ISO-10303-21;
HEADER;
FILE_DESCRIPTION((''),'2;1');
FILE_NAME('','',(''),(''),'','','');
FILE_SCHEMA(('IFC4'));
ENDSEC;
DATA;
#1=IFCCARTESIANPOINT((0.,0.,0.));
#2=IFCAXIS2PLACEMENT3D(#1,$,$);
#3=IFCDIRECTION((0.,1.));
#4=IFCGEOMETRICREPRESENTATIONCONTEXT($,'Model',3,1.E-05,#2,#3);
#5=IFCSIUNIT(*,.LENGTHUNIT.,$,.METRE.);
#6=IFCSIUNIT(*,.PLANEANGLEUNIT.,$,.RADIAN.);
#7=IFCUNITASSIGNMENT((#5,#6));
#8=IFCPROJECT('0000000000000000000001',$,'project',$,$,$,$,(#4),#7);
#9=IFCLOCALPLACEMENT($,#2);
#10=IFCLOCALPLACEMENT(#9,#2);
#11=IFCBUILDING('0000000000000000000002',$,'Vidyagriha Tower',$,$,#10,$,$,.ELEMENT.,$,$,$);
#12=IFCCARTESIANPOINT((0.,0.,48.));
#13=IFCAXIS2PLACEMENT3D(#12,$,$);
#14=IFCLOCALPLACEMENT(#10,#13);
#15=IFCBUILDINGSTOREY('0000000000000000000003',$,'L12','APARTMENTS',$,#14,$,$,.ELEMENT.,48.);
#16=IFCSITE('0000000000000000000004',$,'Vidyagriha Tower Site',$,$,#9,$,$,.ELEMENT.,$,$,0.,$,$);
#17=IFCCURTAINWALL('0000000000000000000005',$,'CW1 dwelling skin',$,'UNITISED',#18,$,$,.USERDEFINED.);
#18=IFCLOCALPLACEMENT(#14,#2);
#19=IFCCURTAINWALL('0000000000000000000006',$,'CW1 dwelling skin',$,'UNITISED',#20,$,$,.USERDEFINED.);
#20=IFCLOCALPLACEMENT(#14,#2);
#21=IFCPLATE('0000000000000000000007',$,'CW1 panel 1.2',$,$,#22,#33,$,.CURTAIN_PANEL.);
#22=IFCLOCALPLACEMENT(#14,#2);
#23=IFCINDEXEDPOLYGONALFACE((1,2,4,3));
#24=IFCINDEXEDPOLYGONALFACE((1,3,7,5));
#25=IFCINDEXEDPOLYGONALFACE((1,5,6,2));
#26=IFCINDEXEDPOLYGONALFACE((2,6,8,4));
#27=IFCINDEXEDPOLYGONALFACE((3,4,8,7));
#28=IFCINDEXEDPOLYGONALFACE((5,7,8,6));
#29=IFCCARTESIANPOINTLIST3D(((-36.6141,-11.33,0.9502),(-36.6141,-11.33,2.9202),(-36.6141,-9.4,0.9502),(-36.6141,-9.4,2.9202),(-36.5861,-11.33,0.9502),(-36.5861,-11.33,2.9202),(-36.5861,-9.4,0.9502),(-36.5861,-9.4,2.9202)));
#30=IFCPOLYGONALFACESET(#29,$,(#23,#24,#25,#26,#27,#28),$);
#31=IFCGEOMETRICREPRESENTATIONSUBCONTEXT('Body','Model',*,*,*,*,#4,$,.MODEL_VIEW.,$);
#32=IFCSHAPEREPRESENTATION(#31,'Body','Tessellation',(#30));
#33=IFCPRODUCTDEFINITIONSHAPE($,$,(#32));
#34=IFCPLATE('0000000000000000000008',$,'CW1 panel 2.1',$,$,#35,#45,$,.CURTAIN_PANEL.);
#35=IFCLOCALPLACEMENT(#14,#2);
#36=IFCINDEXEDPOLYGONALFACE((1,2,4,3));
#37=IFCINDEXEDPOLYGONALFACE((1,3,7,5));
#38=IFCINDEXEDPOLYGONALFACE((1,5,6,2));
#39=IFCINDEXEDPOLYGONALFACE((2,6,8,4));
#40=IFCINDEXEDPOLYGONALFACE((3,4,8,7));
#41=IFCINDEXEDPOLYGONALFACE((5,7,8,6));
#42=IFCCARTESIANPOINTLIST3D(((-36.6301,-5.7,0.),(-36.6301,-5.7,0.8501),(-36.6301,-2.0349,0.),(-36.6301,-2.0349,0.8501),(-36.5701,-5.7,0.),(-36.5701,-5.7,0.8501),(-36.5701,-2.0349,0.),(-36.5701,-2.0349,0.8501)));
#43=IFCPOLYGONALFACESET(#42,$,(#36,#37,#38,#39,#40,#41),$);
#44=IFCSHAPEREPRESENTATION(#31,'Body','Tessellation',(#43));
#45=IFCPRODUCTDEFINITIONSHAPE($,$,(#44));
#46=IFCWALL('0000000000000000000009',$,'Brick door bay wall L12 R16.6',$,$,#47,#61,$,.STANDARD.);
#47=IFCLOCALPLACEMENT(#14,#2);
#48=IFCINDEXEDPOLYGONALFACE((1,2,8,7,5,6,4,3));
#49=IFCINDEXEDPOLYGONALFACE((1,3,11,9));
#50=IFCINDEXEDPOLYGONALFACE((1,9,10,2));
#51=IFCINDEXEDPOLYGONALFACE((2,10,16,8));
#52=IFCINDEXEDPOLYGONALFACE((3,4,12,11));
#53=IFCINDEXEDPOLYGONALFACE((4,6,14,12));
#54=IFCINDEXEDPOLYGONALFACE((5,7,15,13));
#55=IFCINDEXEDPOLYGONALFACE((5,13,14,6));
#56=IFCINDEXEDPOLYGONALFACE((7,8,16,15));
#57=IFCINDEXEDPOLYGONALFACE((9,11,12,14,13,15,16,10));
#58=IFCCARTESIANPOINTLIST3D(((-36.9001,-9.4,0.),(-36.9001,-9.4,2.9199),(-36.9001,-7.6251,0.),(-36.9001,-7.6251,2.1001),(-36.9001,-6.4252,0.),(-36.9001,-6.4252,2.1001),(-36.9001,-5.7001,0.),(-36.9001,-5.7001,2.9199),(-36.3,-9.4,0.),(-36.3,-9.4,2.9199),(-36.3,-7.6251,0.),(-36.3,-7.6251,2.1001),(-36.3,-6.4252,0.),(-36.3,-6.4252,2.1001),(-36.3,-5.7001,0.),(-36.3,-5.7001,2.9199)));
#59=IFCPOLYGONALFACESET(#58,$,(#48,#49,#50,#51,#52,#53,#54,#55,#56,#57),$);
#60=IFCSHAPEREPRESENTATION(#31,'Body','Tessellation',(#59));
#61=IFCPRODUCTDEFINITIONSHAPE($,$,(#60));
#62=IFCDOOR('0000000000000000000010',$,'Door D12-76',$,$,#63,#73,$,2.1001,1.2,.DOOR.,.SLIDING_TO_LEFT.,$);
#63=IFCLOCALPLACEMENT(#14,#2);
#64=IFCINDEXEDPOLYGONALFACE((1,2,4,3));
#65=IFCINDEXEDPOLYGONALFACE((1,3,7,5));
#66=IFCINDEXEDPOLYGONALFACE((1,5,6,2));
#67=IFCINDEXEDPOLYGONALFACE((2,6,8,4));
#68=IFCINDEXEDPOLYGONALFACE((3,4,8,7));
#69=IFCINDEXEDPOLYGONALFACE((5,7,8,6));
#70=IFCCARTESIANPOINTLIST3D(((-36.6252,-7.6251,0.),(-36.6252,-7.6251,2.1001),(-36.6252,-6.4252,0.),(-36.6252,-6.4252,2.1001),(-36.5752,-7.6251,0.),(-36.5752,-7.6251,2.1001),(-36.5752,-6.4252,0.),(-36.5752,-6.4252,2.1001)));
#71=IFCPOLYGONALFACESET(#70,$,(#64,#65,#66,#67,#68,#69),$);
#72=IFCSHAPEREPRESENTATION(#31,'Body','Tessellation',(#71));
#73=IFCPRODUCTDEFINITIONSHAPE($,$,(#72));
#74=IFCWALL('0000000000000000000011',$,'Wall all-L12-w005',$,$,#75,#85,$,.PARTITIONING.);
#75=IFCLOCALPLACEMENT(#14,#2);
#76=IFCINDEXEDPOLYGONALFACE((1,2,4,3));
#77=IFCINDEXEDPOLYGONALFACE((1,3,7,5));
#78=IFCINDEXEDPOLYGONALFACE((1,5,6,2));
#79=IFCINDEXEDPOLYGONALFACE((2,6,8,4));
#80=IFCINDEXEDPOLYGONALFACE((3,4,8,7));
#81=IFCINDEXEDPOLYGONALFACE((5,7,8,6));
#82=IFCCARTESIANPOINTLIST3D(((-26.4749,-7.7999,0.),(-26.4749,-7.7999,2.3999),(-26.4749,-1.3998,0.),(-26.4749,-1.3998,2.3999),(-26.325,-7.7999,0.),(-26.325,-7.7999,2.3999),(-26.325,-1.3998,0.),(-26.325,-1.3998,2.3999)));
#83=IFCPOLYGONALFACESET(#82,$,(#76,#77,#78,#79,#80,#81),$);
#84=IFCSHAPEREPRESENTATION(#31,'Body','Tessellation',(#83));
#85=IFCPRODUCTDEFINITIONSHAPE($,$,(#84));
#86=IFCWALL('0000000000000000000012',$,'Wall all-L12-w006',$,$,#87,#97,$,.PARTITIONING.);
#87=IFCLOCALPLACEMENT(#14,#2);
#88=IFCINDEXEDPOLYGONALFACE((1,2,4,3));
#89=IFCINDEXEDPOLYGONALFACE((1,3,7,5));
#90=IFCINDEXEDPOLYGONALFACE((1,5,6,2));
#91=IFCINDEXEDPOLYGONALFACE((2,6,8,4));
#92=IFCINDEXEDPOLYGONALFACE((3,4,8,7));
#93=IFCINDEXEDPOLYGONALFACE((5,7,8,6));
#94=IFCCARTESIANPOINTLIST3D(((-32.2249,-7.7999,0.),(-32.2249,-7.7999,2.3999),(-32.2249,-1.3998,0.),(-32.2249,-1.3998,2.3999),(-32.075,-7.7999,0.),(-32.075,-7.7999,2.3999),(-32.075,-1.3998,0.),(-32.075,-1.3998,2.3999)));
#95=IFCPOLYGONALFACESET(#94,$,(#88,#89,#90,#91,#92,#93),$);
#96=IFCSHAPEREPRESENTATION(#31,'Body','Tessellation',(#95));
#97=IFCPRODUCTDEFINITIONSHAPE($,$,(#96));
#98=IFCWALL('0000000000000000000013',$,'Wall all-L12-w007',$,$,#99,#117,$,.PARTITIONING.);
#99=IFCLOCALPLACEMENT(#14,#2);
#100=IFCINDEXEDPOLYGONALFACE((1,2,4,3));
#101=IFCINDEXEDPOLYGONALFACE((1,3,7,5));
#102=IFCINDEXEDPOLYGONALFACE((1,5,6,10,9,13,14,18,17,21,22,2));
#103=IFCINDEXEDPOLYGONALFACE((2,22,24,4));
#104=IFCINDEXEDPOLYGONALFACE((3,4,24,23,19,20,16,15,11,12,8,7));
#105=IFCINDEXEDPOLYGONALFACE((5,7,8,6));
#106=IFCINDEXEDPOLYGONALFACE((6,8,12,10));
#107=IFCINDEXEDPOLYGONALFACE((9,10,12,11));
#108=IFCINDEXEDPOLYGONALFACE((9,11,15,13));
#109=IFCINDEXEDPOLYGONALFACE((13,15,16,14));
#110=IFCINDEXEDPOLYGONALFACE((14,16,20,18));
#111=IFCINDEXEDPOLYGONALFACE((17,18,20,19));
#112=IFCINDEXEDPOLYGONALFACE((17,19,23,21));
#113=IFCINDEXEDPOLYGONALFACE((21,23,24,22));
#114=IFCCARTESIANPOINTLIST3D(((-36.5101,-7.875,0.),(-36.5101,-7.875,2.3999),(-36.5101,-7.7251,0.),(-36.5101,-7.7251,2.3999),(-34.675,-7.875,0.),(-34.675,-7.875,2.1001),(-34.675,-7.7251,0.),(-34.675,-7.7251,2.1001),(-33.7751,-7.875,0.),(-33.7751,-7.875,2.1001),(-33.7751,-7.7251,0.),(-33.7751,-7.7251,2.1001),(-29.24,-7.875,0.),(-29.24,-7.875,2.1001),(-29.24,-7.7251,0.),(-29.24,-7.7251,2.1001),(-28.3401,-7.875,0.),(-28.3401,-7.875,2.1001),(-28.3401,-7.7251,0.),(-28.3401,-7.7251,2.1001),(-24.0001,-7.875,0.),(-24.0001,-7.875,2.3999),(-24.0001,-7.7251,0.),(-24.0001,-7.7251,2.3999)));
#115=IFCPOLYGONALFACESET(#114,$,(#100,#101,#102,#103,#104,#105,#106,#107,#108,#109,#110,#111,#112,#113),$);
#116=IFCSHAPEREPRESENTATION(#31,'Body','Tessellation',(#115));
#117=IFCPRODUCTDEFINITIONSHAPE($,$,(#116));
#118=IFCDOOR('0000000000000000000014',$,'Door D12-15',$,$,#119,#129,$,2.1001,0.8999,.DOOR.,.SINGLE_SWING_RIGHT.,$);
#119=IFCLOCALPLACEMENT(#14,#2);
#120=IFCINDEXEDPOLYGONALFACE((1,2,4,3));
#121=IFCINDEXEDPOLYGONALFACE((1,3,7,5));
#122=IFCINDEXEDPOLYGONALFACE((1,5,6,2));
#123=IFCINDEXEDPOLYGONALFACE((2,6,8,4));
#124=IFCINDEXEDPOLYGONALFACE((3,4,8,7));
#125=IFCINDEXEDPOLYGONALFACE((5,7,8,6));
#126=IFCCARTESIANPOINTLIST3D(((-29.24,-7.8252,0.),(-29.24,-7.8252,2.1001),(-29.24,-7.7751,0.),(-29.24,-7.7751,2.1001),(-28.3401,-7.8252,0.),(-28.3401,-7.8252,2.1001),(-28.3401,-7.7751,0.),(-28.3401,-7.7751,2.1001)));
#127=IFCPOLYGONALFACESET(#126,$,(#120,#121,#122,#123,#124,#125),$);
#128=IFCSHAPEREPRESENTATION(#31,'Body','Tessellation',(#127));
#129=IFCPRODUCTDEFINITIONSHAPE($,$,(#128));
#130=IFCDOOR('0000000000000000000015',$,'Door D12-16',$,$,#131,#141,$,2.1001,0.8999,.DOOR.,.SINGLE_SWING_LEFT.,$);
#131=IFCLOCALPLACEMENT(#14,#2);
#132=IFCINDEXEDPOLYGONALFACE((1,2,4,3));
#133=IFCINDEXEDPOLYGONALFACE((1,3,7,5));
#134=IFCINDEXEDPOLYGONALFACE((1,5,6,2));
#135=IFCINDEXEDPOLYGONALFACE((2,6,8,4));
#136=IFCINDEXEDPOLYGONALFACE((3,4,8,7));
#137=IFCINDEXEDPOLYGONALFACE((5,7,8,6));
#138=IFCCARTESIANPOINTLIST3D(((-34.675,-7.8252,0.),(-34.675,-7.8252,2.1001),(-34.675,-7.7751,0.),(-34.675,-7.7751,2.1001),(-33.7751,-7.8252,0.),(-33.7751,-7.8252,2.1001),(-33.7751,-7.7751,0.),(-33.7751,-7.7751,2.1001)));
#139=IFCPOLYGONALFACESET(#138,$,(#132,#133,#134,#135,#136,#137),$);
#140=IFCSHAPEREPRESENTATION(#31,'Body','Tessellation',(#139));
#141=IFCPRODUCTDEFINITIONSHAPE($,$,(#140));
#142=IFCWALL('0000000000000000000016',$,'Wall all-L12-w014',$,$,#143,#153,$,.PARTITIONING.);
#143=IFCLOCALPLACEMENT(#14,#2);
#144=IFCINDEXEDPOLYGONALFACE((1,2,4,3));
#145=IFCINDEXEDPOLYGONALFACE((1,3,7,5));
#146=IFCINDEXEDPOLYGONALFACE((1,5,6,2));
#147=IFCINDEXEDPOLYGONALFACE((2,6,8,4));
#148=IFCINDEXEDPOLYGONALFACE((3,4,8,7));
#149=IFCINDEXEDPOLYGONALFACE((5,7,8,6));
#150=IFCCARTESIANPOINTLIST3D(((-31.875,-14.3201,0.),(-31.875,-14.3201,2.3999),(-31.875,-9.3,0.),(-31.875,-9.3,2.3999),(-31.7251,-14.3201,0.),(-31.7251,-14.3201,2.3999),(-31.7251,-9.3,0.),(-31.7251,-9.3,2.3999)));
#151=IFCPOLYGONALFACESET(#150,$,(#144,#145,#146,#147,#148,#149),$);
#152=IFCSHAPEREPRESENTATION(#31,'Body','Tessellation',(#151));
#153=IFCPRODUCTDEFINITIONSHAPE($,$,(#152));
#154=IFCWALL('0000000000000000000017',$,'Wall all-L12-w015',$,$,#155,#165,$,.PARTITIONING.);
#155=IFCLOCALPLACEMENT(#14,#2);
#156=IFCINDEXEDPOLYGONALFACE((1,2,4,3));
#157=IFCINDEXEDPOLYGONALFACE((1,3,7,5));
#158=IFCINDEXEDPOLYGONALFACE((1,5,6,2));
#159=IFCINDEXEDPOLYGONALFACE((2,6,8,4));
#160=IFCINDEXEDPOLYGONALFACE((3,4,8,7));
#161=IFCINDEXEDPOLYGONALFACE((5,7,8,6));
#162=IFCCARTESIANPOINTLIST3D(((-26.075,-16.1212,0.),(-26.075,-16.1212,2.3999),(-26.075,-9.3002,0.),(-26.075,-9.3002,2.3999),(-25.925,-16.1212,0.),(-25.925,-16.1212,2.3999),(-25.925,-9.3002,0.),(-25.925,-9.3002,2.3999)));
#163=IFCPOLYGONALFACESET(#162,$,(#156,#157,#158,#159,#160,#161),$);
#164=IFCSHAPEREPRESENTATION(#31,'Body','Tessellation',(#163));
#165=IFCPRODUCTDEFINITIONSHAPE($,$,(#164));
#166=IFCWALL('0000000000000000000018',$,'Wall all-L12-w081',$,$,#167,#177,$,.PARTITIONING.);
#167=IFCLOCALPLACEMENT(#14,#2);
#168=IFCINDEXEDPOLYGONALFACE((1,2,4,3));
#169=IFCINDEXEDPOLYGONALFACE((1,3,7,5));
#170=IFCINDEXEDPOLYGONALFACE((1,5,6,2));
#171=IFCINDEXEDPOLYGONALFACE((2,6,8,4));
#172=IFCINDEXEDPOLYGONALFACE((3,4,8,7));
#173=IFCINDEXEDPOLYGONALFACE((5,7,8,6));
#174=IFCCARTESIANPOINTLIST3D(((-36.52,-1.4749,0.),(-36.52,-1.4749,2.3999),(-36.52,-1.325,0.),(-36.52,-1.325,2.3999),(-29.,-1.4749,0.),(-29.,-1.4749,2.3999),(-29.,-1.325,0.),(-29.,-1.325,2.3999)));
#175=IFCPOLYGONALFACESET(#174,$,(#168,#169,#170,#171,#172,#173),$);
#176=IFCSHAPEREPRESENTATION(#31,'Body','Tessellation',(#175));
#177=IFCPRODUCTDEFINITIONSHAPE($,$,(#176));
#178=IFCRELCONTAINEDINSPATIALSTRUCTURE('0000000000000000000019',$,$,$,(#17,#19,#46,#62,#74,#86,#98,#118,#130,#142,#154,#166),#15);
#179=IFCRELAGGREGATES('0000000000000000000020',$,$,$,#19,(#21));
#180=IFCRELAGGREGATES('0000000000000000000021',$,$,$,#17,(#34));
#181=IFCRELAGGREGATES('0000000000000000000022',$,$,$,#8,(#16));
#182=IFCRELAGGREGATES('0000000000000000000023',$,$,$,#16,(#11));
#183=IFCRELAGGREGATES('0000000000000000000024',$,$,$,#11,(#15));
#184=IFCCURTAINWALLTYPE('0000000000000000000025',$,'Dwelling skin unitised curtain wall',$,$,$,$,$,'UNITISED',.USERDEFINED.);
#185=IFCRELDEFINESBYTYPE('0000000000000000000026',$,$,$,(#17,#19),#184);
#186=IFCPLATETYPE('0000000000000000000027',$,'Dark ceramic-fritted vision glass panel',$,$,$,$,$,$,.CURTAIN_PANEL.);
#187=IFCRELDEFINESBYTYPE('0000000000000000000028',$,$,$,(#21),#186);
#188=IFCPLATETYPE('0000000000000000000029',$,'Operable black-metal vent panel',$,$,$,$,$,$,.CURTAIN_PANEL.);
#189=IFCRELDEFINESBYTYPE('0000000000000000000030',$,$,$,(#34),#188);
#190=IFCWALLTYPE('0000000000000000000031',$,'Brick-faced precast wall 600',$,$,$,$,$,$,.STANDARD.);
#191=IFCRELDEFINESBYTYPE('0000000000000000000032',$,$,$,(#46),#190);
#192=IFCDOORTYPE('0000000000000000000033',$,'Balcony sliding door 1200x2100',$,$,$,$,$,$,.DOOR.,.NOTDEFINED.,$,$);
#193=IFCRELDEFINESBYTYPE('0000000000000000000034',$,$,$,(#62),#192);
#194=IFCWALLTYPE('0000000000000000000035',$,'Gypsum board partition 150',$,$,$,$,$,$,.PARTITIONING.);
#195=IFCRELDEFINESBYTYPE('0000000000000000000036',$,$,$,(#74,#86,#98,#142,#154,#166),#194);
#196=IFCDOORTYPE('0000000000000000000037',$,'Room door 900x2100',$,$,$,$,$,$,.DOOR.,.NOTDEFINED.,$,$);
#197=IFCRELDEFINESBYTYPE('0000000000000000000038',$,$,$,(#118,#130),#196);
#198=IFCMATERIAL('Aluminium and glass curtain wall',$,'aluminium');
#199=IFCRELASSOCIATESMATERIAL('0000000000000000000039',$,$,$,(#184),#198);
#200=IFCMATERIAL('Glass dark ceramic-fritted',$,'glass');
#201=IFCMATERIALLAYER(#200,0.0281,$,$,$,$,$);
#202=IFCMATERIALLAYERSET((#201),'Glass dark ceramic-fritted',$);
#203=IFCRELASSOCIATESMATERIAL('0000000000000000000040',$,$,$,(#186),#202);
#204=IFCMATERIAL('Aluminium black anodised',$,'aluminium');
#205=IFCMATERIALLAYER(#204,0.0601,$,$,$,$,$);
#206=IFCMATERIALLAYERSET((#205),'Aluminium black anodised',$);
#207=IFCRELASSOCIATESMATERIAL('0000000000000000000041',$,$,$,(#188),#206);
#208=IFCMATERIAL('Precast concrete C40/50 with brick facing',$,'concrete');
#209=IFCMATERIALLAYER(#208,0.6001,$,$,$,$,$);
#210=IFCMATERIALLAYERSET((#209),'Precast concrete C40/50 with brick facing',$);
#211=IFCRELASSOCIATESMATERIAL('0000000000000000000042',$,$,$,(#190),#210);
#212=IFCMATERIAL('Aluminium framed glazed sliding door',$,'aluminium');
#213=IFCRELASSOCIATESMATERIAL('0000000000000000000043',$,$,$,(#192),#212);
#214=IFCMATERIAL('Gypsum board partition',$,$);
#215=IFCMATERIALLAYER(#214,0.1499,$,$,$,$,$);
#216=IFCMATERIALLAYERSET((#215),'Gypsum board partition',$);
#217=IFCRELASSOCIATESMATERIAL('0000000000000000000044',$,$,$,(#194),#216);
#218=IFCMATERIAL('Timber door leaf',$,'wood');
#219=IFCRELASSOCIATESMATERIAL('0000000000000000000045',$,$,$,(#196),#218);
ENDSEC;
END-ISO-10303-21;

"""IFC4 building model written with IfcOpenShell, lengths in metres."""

from ifc_helpers import new_model, si_unit, direction, frame, frame_2d, origin, origin_2d, place, context, subcontext, project, spatial, rectangle, extrude, material, layer, layer_set, type_object, element, fill, aggregate, save


model = new_model("IFC4")

# Units and contexts
model_context = context("Model", 3, precision=1e-05, world=origin(), true_north=direction((0.0, 1.0)))
body_context = subcontext(model_context, "Body", "Model", "MODEL_VIEW")
ifc_project = project(units=[si_unit("LENGTHUNIT", "METRE"), si_unit("PLANEANGLEUNIT", "RADIAN")], contexts=[model_context])

# Site, building, storey
site_placement = place(None, origin())
site = spatial("IfcSite", under=ifc_project, at=site_placement, Name="Vidyagriha Tower Site", CompositionType="ELEMENT", RefElevation=0.0)
building_placement = place(site_placement, origin())
building = spatial("IfcBuilding", under=site, at=building_placement, Name="Vidyagriha Tower", CompositionType="ELEMENT")
storey_placement = place(building_placement, frame((0.0, 0.0, 48.0)))
storey = spatial("IfcBuildingStorey", under=building, at=storey_placement, Name="L12", Description="APARTMENTS", CompositionType="ELEMENT", Elevation=48.0)

# Curtain walls
ifc_material_1 = material(Name="Aluminium and glass curtain wall", Category="aluminium")
curtain_wall_type = type_object("IfcCurtainWallType", Name="Dwelling skin unitised curtain wall", ElementType="UNITISED", PredefinedType="USERDEFINED", material=ifc_material_1)
curtain_wall_1_placement = place(storey_placement, origin())
curtain_wall_1 = element("IfcCurtainWall", 1, at=curtain_wall_1_placement, inside=storey, type_object=curtain_wall_type, Name="CW1 dwelling skin", ObjectType="UNITISED", PredefinedType="USERDEFINED")
curtain_wall_2_placement = place(storey_placement, origin())
curtain_wall_2 = element("IfcCurtainWall", 2, at=curtain_wall_2_placement, inside=storey, type_object=curtain_wall_type, Name="CW1 dwelling skin", ObjectType="UNITISED", PredefinedType="USERDEFINED")

# Plates
ifc_material_2 = material(Name="Glass dark ceramic-fritted", Category="glass")
ifc_layer_1 = layer(ifc_material_2, 0.0281)
ifc_layer_set_1 = layer_set([ifc_layer_1], Name="Glass dark ceramic-fritted")
plate_type_1 = type_object("IfcPlateType", Name="Dark ceramic-fritted vision glass panel", PredefinedType="CURTAIN_PANEL", material=ifc_layer_set_1)
plate_1_placement = place(storey_placement, frame((-36.6001, -10.365, 0.9502), z_axis=(0.0, 0.0, 1.0), x_axis=(0.0, -1.0, 0.0)))
plate_1 = element("IfcPlate", 3, at=plate_1_placement, type_object=plate_type_1, Name="CW1 panel 1.2", PredefinedType="CURTAIN_PANEL", context=body_context, shape_type="SweptSolid", body=[
    extrude(rectangle(XDim=1.9299, YDim=0.0281, at=origin_2d()), origin(), (0.0, 0.0, 1.0), 1.97),
])
aggregate(curtain_wall_2, [plate_1])
ifc_material_3 = material(Name="Aluminium black anodised", Category="aluminium")
ifc_layer_2 = layer(ifc_material_3, 0.0601)
ifc_layer_set_2 = layer_set([ifc_layer_2], Name="Aluminium black anodised")
plate_type_2 = type_object("IfcPlateType", Name="Operable black-metal vent panel", PredefinedType="CURTAIN_PANEL", material=ifc_layer_set_2)
plate_2_placement = place(storey_placement, frame((-36.6001, -3.8674, 0.0), z_axis=(0.0, 0.0, 1.0), x_axis=(0.0, -1.0, 0.0)))
plate_2 = element("IfcPlate", 4, at=plate_2_placement, type_object=plate_type_2, Name="CW1 panel 2.1", PredefinedType="CURTAIN_PANEL", context=body_context, shape_type="SweptSolid", body=[
    extrude(rectangle(XDim=3.665, YDim=0.0601, at=origin_2d()), origin(), (0.0, 0.0, 1.0), 0.8501),
])
aggregate(curtain_wall_1, [plate_2])

# Wall, opening, door
ifc_material_4 = material(Name="Precast concrete C40/50 with brick facing", Category="concrete")
ifc_layer_3 = layer(ifc_material_4, 0.6001)
ifc_layer_set_3 = layer_set([ifc_layer_3], Name="Precast concrete C40/50 with brick facing")
wall_type_1 = type_object("IfcWallType", Name="Brick-faced precast wall 600", PredefinedType="STANDARD", material=ifc_layer_set_3)
wall_1_placement = place(storey_placement, frame((-36.6001, -5.7, 0.0), z_axis=(0.0, 0.0, 1.0), x_axis=(0.0, -1.0, 0.0)))
wall_1 = element("IfcWall", 5, at=wall_1_placement, inside=storey, type_object=wall_type_1, Name="Brick door bay wall L12 R16.6", PredefinedType="STANDARD", context=body_context, shape_type="SweptSolid", body=[
    extrude(rectangle(XDim=3.7, YDim=0.6001, at=frame_2d((1.8501, 0.0))), origin(), (0.0, 0.0, 1.0), 2.9199),
])
opening_1_placement = place(wall_1_placement, frame((0.7251, 0.0, 0.0)))
opening_1 = element("IfcOpeningElement", 6, at=opening_1_placement, cuts=wall_1, PredefinedType="OPENING", context=body_context, shape_type="SweptSolid", body=[
    extrude(rectangle(XDim=1.2, YDim=2.1001, at=frame_2d((0.6001, 1.05))), frame((0.0, 0.3101, 0.0), z_axis=(0.0, -1.0, 0.0), x_axis=(1.0, 0.0, 0.0)), (0.0, 0.0, 1.0), 0.6201),
])
ifc_material_5 = material(Name="Aluminium framed glazed sliding door", Category="aluminium")
door_type_1 = type_object("IfcDoorType", Name="Balcony sliding door 1200x2100", OperationType="NOTDEFINED", PredefinedType="DOOR", material=ifc_material_5)
door_1_placement = place(opening_1_placement, origin())
door_1 = element("IfcDoor", 7, at=door_1_placement, inside=storey, type_object=door_type_1, Name="Door D12-76", OperationType="SLIDING_TO_LEFT", OverallHeight=2.1001, OverallWidth=1.2, PredefinedType="DOOR", context=body_context, shape_type="SweptSolid", body=[
    extrude(rectangle(XDim=1.2, YDim=2.1001, at=frame_2d((0.6001, 1.05))), frame((0.0, 0.0249, 0.0), z_axis=(0.0, -1.0, 0.0), x_axis=(1.0, 0.0, 0.0)), (0.0, 0.0, 1.0), 0.05),
])
fill(opening_1, door_1)

# Walls
ifc_material_6 = material(Name="Gypsum board partition")
ifc_layer_4 = layer(ifc_material_6, 0.1499)
ifc_layer_set_4 = layer_set([ifc_layer_4], Name="Gypsum board partition")
wall_type_2 = type_object("IfcWallType", Name="Gypsum board partition 150", PredefinedType="PARTITIONING", material=ifc_layer_set_4)
for number, where, z_axis, x_axis, name in (
    (8, (-26.3999, -7.8, 0.0), (0.0, 0.0, 1.0), (0.0, 1.0, 0.0), "Wall all-L12-w005"),
    (9, (-32.1499, -7.8, 0.0), (0.0, 0.0, 1.0), (0.0, 1.0, 0.0), "Wall all-L12-w006"),
):
    element("IfcWall", number, at=place(storey_placement, frame(where, z_axis=z_axis, x_axis=x_axis)), inside=storey, type_object=wall_type_2, Name=name, PredefinedType="PARTITIONING", context=body_context, shape_type="SweptSolid", body=[
        extrude(rectangle(XDim=6.4001, YDim=0.1499, at=frame_2d((3.2002, 0.0))), origin(), (0.0, 0.0, 1.0), 2.3999),
    ])

# Wall, openings, doors
wall_2_placement = place(storey_placement, frame((-36.51, -7.8, 0.0)))
wall_2 = element("IfcWall", 10, at=wall_2_placement, inside=storey, type_object=wall_type_2, Name="Wall all-L12-w007", PredefinedType="PARTITIONING", context=body_context, shape_type="SweptSolid", body=[
    extrude(rectangle(XDim=12.51, YDim=0.1499, at=frame_2d((6.2549, 0.0))), origin(), (0.0, 0.0, 1.0), 2.3999),
])
opening_2_placement = place(wall_2_placement, frame((7.27, 0.0, 0.0)))
opening_2 = element("IfcOpeningElement", 11, at=opening_2_placement, cuts=wall_2, PredefinedType="OPENING", context=body_context, shape_type="SweptSolid", body=[
    extrude(rectangle(XDim=0.8999, YDim=2.1001, at=frame_2d((0.45, 1.05))), frame((0.0, 0.085, 0.0), z_axis=(0.0, -1.0, 0.0), x_axis=(1.0, 0.0, 0.0)), (0.0, 0.0, 1.0), 0.1699),
])
opening_3_placement = place(wall_2_placement, frame((1.835, 0.0, 0.0)))
opening_3 = element("IfcOpeningElement", 12, at=opening_3_placement, cuts=wall_2, PredefinedType="OPENING", context=body_context, shape_type="SweptSolid", body=[
    extrude(rectangle(XDim=0.8999, YDim=2.1001, at=frame_2d((0.45, 1.05))), frame((0.0, 0.085, 0.0), z_axis=(0.0, -1.0, 0.0), x_axis=(1.0, 0.0, 0.0)), (0.0, 0.0, 1.0), 0.1699),
])
ifc_material_7 = material(Name="Timber door leaf", Category="wood")
door_type_2 = type_object("IfcDoorType", Name="Room door 900x2100", OperationType="NOTDEFINED", PredefinedType="DOOR", material=ifc_material_7)
door_2_placement = place(opening_2_placement, origin())
door_2 = element("IfcDoor", 13, at=door_2_placement, inside=storey, type_object=door_type_2, Name="Door D12-15", OperationType="SINGLE_SWING_RIGHT", OverallHeight=2.1001, OverallWidth=0.8999, PredefinedType="DOOR", context=body_context, shape_type="SweptSolid", body=[
    extrude(rectangle(XDim=0.8999, YDim=2.1001, at=frame_2d((0.45, 1.05))), frame((0.0, 0.0249, 0.0), z_axis=(0.0, -1.0, 0.0), x_axis=(1.0, 0.0, 0.0)), (0.0, 0.0, 1.0), 0.05),
])
fill(opening_2, door_2)
door_3_placement = place(opening_3_placement, origin())
door_3 = element("IfcDoor", 14, at=door_3_placement, inside=storey, type_object=door_type_2, Name="Door D12-16", OperationType="SINGLE_SWING_LEFT", OverallHeight=2.1001, OverallWidth=0.8999, PredefinedType="DOOR", context=body_context, shape_type="SweptSolid", body=[
    extrude(rectangle(XDim=0.8999, YDim=2.1001, at=frame_2d((0.45, 1.05))), frame((0.0, 0.0249, 0.0), z_axis=(0.0, -1.0, 0.0), x_axis=(1.0, 0.0, 0.0)), (0.0, 0.0, 1.0), 0.05),
])
fill(opening_3, door_3)

# Walls
wall_3_placement = place(storey_placement, frame((-31.8, -9.3, 0.0), z_axis=(0.0, 0.0, 1.0), x_axis=(0.0, -1.0, 0.0)))
element("IfcWall", 15, at=wall_3_placement, inside=storey, type_object=wall_type_2, Name="Wall all-L12-w014", PredefinedType="PARTITIONING", context=body_context, shape_type="SweptSolid", body=[
    extrude(rectangle(XDim=5.02, YDim=0.1499, at=frame_2d((2.51, 0.0))), origin(), (0.0, 0.0, 1.0), 2.3999),
])
wall_4_placement = place(storey_placement, frame((-26.0, -9.3, 0.0), z_axis=(0.0, 0.0, 1.0), x_axis=(0.0, -1.0, 0.0)))
element("IfcWall", 16, at=wall_4_placement, inside=storey, type_object=wall_type_2, Name="Wall all-L12-w015", PredefinedType="PARTITIONING", context=body_context, shape_type="SweptSolid", body=[
    extrude(rectangle(XDim=6.821, YDim=0.1499, at=frame_2d((3.4106, 0.0))), origin(), (0.0, 0.0, 1.0), 2.3999),
])
wall_5_placement = place(storey_placement, frame((-29.0, -1.3999, 0.0), z_axis=(0.0, 0.0, 1.0), x_axis=(-1.0, 0.0, 0.0)))
element("IfcWall", 17, at=wall_5_placement, inside=storey, type_object=wall_type_2, Name="Wall all-L12-w081", PredefinedType="PARTITIONING", context=body_context, shape_type="SweptSolid", body=[
    extrude(rectangle(XDim=7.52, YDim=0.1499, at=frame_2d((3.76, 0.0))), origin(), (0.0, 0.0, 1.0), 2.3999),
])

save(model, "model.ifc")
